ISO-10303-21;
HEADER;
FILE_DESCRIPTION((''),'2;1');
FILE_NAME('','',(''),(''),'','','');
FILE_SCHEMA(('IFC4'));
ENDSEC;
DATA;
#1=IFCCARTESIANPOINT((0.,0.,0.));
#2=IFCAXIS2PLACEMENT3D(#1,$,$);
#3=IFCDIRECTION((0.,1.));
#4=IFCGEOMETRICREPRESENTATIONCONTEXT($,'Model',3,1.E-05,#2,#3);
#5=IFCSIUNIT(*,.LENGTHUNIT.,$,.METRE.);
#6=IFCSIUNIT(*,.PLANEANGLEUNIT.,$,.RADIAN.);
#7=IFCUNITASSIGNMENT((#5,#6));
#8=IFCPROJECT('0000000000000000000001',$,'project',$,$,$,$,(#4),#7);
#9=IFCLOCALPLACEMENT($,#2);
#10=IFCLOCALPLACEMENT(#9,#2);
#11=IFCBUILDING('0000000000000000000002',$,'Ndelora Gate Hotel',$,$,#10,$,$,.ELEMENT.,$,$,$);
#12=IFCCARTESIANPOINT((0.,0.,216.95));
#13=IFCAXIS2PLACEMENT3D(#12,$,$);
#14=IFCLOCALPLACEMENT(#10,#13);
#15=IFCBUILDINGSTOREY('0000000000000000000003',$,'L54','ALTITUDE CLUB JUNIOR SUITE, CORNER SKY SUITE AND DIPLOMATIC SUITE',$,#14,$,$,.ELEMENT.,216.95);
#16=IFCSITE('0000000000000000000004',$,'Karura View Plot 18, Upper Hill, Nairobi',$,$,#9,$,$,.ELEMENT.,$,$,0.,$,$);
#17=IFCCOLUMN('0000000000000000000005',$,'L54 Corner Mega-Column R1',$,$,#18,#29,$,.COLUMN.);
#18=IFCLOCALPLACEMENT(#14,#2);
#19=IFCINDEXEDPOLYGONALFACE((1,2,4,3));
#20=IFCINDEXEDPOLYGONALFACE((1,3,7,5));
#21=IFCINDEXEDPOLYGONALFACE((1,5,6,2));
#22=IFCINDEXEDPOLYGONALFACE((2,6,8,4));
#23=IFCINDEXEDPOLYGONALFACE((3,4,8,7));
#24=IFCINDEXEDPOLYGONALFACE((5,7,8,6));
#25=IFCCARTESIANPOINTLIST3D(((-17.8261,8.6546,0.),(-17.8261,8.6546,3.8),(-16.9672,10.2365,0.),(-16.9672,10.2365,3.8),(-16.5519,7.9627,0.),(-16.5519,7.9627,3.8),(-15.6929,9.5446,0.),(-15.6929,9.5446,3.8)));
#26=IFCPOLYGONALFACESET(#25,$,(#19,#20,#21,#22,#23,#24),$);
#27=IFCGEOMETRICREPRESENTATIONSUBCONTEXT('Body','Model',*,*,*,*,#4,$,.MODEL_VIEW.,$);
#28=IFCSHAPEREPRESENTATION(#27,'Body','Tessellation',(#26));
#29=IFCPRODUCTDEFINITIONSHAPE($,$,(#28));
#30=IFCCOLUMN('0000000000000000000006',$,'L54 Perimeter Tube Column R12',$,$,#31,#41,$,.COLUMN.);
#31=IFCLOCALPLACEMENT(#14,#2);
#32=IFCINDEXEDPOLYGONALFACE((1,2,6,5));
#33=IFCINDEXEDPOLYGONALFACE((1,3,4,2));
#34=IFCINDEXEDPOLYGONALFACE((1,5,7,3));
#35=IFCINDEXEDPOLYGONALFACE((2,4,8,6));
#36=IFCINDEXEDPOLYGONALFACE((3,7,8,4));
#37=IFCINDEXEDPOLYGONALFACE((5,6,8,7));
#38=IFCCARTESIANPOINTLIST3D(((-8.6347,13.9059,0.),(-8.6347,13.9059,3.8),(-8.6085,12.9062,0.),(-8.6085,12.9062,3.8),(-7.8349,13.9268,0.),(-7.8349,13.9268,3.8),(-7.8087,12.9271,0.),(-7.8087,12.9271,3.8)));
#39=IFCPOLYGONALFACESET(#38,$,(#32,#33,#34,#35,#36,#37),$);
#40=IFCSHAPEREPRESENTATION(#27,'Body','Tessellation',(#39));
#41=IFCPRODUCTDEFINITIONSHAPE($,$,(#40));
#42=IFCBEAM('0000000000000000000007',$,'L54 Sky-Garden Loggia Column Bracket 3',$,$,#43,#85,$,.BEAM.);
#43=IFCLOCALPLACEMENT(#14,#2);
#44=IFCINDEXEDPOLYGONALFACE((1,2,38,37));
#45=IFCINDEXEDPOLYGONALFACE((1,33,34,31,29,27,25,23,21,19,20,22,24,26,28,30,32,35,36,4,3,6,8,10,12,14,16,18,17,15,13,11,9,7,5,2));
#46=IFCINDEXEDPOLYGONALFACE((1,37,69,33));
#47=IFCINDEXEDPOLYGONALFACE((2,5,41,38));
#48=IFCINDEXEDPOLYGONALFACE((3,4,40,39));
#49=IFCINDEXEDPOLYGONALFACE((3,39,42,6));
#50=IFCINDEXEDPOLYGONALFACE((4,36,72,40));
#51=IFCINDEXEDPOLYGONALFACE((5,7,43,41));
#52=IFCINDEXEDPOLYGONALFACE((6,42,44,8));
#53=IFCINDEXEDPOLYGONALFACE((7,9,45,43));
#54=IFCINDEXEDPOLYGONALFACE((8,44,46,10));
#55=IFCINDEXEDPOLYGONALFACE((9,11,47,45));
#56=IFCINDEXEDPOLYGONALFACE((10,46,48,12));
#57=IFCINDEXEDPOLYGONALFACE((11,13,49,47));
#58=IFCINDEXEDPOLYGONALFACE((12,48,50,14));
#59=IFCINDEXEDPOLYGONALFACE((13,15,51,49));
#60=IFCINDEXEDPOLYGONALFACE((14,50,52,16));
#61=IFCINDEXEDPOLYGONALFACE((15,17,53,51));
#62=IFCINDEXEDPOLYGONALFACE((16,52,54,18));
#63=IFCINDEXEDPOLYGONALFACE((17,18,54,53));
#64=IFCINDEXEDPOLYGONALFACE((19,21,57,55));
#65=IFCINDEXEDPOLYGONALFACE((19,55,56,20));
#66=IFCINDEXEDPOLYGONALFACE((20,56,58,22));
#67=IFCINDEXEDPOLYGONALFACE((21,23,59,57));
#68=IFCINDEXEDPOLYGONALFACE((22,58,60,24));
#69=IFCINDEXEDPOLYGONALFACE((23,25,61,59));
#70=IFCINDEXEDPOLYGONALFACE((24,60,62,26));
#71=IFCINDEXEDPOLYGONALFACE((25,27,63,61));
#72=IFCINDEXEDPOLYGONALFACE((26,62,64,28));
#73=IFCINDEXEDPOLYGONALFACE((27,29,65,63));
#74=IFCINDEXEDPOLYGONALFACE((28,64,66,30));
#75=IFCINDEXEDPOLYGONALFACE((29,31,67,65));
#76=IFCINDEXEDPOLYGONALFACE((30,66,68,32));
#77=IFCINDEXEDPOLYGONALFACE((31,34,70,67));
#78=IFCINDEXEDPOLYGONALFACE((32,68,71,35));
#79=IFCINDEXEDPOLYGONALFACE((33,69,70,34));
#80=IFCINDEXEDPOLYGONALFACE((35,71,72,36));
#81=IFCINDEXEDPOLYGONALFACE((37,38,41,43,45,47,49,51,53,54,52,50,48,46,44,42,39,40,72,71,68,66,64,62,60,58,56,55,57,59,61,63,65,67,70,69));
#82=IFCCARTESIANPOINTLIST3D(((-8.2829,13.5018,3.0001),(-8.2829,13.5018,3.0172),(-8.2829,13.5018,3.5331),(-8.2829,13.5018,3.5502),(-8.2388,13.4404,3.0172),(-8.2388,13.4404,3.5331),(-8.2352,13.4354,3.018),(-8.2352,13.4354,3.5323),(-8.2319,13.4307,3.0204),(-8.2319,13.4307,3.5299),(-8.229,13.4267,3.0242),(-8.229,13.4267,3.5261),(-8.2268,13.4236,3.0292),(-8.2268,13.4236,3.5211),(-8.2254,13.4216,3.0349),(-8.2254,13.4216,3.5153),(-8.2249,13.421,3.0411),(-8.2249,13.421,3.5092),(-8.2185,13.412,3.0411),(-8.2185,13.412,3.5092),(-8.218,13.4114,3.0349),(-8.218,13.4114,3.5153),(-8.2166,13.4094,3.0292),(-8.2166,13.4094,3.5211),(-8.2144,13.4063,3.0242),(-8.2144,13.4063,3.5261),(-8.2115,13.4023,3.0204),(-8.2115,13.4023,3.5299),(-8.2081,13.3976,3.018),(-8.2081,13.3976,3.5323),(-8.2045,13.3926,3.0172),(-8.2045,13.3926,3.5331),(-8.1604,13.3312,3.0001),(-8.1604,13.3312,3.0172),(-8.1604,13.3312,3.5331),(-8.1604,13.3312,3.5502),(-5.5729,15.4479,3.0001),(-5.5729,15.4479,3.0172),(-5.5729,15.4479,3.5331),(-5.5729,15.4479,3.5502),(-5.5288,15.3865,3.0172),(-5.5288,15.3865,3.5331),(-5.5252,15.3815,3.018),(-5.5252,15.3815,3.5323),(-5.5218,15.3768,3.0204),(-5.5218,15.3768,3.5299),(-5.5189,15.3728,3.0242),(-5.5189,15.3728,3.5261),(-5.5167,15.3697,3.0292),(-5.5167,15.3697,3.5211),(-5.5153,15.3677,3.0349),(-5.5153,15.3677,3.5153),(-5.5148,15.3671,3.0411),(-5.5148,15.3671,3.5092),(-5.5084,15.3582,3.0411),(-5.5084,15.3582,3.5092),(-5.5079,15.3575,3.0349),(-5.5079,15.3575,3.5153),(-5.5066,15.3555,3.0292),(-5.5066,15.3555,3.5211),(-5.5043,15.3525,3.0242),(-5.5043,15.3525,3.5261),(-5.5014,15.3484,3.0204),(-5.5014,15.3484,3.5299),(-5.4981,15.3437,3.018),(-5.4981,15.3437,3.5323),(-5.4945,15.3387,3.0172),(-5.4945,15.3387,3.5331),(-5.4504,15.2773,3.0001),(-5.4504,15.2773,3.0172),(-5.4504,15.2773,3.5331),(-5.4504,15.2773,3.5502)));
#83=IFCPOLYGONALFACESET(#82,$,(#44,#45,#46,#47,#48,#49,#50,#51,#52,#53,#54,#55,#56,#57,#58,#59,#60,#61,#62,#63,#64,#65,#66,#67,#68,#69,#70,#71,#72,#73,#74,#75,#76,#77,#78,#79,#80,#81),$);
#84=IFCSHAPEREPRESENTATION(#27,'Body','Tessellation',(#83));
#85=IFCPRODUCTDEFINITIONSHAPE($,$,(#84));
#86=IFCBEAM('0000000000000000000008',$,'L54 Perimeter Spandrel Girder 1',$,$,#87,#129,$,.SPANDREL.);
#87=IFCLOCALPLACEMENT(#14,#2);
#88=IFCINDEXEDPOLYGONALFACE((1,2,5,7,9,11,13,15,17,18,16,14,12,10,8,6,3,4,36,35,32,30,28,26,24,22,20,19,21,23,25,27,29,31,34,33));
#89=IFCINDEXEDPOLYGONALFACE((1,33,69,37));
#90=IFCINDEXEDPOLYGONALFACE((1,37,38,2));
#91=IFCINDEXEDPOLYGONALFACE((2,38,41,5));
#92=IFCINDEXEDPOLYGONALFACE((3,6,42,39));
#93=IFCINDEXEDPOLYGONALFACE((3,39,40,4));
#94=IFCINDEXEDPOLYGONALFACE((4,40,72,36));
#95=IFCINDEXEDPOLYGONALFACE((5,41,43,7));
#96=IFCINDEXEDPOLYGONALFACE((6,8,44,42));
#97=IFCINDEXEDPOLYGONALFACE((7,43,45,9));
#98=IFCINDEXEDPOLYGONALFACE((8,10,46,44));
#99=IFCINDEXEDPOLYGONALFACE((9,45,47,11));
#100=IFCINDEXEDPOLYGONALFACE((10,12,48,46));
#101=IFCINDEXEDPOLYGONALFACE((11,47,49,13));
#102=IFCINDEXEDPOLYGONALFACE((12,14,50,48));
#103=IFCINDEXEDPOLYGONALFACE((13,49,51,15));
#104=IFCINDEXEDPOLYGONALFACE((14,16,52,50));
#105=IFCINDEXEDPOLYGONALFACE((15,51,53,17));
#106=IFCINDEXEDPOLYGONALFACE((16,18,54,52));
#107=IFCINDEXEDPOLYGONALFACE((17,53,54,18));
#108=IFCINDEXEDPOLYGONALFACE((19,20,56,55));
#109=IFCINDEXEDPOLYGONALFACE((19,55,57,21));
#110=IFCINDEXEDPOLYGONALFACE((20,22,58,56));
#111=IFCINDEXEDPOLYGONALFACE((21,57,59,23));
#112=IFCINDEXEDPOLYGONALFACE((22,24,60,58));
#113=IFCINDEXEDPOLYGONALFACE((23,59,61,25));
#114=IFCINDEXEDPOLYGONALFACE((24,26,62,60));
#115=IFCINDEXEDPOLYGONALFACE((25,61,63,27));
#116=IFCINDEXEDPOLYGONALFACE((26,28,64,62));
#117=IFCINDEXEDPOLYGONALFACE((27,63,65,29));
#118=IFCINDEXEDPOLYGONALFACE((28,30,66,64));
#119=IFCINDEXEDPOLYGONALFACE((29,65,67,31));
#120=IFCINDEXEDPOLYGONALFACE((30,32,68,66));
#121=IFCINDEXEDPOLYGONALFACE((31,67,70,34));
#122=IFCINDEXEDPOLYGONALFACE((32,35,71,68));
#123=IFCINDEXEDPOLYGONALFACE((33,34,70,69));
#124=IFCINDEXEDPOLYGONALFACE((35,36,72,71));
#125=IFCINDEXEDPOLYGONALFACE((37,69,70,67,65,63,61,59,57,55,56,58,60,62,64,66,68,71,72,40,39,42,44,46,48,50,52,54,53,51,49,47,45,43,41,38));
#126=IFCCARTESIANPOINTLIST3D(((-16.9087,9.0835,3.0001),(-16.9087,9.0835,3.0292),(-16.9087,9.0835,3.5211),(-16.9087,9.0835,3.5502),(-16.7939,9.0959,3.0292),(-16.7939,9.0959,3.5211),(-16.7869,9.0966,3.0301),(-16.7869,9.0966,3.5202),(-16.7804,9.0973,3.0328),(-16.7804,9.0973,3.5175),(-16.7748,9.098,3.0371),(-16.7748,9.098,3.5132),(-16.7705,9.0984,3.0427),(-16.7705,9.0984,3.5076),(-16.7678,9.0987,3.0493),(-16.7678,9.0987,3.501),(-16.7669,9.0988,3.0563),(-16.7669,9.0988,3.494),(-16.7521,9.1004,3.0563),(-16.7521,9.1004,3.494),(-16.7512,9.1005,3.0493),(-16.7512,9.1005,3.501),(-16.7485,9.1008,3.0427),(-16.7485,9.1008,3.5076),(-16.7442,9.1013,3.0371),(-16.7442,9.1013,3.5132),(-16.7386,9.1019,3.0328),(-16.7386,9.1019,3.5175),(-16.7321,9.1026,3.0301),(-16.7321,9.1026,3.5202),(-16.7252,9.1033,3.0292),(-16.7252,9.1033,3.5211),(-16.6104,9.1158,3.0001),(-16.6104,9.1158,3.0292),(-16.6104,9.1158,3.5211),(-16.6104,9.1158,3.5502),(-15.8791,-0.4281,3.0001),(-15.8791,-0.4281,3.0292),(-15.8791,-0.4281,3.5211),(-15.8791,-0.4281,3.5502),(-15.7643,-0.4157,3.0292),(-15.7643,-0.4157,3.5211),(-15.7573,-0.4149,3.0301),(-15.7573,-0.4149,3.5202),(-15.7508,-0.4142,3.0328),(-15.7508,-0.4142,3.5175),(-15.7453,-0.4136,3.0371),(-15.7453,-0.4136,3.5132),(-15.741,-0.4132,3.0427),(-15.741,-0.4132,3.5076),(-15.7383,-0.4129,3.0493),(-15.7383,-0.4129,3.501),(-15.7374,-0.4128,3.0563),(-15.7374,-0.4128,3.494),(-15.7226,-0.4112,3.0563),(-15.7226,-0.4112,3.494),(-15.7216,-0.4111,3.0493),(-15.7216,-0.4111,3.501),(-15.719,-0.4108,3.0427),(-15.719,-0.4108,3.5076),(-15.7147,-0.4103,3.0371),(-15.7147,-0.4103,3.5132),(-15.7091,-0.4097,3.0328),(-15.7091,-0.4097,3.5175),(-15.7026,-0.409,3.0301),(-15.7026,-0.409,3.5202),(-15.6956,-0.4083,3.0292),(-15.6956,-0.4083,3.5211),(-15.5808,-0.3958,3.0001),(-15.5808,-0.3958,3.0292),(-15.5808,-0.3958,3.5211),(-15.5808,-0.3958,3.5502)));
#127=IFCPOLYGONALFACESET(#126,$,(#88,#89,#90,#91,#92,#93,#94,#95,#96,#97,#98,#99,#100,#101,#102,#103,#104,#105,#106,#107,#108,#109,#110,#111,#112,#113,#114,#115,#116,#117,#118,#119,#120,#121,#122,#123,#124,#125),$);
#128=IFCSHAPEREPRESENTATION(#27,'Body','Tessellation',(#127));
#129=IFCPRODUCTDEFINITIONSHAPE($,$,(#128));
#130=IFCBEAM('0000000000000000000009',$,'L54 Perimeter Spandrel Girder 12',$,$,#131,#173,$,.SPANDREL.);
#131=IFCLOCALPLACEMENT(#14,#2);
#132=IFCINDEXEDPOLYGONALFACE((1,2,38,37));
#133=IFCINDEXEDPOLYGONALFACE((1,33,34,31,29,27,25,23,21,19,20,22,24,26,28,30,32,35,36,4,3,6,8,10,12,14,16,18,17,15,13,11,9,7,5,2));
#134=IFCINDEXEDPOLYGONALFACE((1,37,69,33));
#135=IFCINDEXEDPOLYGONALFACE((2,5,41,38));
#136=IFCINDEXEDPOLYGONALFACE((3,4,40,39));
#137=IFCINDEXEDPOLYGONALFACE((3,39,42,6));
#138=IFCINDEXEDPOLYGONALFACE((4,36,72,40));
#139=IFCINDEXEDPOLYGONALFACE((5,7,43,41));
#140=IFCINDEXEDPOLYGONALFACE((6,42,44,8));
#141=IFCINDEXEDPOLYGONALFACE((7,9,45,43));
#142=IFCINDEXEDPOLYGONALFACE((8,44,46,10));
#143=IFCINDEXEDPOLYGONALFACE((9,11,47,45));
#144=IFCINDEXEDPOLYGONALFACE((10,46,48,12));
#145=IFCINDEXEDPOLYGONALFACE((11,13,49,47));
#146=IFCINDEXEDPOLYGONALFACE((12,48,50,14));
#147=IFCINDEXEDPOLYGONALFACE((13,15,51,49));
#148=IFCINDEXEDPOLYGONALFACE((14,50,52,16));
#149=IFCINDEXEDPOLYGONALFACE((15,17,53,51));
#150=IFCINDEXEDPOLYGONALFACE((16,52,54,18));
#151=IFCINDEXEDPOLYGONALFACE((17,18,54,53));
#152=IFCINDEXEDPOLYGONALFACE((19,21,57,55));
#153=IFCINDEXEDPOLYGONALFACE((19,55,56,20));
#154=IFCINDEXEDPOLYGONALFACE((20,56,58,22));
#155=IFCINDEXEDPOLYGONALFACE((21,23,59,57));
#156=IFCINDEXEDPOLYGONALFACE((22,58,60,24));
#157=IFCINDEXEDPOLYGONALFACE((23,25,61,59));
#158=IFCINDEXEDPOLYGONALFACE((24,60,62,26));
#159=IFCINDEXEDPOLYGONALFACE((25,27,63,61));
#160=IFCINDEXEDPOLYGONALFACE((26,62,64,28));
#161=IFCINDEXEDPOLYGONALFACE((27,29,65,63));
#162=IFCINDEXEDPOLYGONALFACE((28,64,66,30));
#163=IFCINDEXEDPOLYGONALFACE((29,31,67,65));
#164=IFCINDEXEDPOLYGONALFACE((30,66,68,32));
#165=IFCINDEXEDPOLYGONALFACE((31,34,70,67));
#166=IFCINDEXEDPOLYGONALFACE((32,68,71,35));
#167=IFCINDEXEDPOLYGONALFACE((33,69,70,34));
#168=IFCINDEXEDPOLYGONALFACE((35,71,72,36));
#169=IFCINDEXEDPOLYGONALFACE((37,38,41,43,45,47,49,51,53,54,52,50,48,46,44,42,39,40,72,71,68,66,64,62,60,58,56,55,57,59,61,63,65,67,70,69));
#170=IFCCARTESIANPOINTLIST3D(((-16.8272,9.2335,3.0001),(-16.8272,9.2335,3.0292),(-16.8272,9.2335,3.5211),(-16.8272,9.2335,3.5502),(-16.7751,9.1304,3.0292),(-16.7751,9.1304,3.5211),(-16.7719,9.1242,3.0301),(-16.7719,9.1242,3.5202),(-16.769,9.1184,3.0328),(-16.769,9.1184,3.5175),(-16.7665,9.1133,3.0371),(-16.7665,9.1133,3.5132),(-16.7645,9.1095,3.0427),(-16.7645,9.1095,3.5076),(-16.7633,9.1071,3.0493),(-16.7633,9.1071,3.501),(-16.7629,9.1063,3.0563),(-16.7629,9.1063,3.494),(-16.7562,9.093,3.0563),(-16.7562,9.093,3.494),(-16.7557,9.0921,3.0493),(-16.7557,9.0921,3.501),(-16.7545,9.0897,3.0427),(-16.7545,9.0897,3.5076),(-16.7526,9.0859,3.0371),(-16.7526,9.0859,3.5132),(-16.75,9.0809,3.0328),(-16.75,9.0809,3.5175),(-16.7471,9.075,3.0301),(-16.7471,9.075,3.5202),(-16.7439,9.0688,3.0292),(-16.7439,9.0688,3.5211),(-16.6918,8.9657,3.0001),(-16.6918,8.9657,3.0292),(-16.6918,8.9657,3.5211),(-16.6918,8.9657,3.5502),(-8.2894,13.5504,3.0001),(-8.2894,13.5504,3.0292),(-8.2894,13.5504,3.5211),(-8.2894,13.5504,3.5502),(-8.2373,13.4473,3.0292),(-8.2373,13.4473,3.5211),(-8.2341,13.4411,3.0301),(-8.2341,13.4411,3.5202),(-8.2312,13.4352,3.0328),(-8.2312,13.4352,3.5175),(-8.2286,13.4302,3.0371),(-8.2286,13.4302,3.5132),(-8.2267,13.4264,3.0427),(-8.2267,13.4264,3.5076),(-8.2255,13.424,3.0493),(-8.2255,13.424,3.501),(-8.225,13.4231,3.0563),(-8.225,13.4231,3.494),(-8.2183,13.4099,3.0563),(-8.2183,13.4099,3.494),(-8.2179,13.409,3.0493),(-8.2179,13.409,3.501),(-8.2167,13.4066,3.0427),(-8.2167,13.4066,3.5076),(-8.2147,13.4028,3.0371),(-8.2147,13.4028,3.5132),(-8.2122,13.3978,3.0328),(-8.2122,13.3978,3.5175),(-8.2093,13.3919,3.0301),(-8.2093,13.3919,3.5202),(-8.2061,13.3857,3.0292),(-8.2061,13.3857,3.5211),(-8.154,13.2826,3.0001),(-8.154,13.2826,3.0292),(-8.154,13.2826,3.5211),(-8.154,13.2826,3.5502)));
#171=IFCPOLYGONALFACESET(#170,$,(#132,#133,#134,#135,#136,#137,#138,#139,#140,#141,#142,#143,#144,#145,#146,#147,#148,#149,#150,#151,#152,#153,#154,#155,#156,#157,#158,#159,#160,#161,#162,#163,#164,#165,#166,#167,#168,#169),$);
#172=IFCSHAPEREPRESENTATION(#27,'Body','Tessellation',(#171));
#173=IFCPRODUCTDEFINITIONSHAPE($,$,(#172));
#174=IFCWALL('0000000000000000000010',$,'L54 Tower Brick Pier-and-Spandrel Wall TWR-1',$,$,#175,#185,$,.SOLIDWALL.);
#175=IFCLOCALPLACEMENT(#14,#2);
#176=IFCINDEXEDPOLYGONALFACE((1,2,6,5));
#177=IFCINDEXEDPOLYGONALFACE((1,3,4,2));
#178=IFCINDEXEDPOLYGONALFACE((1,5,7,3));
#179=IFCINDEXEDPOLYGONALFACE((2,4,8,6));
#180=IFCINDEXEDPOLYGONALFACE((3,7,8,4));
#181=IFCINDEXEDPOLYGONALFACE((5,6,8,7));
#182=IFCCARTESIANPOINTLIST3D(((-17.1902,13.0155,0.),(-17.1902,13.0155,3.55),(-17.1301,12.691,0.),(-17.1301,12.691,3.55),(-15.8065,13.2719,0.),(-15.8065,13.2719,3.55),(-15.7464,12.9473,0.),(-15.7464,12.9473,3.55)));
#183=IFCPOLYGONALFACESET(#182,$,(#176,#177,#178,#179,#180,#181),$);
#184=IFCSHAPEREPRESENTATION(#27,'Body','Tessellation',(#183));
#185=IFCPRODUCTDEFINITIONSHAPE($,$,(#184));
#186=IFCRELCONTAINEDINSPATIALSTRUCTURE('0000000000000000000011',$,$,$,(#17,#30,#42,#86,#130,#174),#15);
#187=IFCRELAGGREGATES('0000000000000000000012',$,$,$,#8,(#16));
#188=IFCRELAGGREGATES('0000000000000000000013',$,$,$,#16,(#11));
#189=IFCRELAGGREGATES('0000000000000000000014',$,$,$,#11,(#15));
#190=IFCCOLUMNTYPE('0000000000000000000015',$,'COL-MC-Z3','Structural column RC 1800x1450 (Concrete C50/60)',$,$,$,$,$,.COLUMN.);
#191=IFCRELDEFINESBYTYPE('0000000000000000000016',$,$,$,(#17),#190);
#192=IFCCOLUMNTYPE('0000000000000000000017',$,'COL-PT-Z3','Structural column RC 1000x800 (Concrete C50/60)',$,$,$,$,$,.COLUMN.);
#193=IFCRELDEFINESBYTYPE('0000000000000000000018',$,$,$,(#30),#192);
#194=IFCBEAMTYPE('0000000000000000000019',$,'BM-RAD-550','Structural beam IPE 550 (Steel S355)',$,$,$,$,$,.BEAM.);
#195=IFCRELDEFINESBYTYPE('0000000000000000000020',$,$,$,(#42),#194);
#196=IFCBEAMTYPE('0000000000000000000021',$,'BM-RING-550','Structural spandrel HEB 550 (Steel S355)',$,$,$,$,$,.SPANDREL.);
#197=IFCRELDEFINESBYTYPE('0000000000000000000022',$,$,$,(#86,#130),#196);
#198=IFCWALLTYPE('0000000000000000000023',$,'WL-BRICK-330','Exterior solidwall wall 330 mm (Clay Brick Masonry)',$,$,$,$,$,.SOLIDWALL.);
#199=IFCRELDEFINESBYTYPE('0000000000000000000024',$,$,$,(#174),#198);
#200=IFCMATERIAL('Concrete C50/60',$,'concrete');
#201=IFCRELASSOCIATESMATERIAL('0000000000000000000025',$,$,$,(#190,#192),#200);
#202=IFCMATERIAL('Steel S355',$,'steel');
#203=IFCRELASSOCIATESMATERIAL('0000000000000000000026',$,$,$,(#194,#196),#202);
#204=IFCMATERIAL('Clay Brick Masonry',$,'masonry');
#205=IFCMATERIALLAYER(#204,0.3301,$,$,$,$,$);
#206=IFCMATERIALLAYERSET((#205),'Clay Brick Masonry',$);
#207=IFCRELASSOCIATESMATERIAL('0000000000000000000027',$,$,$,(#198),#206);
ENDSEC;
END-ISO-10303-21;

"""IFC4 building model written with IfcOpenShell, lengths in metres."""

from ifc_helpers import new_model, si_unit, direction, frame, frame_2d, origin, origin_2d, place, context, subcontext, project, spatial, rectangle, i_section, extrude, material, layer, layer_set, material_profile, profile_set, type_object, element, save


model = new_model("IFC4")

# Units and contexts
model_context = context("Model", 3, precision=1e-05, world=origin(), true_north=direction((0.0, 1.0)))
body_context = subcontext(model_context, "Body", "Model", "MODEL_VIEW")
ifc_project = project(units=[si_unit("LENGTHUNIT", "METRE"), si_unit("PLANEANGLEUNIT", "RADIAN")], contexts=[model_context])

# Site, building, storey
site_placement = place(None, origin())
site = spatial("IfcSite", under=ifc_project, at=site_placement, Name="Karura View Plot 18, Upper Hill, Nairobi", CompositionType="ELEMENT", RefElevation=0.0)
building_placement = place(site_placement, origin())
building = spatial("IfcBuilding", under=site, at=building_placement, Name="Ndelora Gate Hotel", CompositionType="ELEMENT")
storey_placement = place(building_placement, frame((0.0, 0.0, 216.95)))
storey = spatial("IfcBuildingStorey", under=building, at=storey_placement, Name="L54", Description="ALTITUDE CLUB JUNIOR SUITE, CORNER SKY SUITE AND DIPLOMATIC SUITE", CompositionType="ELEMENT", Elevation=216.95)

# Columns
ifc_material_1 = material(Name="Concrete C50/60", Category="concrete")
ifc_material_profile_1 = material_profile(ifc_material_1, rectangle(XDim=1.45, YDim=1.8, at=origin_2d()), Name="RC 1800x1450")
ifc_profile_set_1 = profile_set([ifc_material_profile_1], Name="Concrete C50/60")
column_type_1 = type_object("IfcColumnType", Name="COL-MC-Z3", Description="Structural column RC 1800x1450 (Concrete C50/60)", PredefinedType="COLUMN", material=ifc_profile_set_1)
column_1_placement = place(storey_placement, frame((-16.7595, 9.0996, 0.0), z_axis=(0.0, 0.0, 1.0), x_axis=(-0.878817, 0.477159, 0.0)))
element("IfcColumn", 1, at=column_1_placement, inside=storey, type_object=column_type_1, Name="L54 Corner Mega-Column R1", PredefinedType="COLUMN", context=body_context, shape_type="SweptSolid", body=[
    extrude(rectangle(XDim=1.45, YDim=1.8, at=origin_2d()), origin(), (0.0, 0.0, 1.0), 3.8),
])
ifc_material_profile_2 = material_profile(ifc_material_1, rectangle(XDim=0.8, YDim=1.0, at=origin_2d()), Name="RC 1000x800")
ifc_profile_set_2 = profile_set([ifc_material_profile_2], Name="Concrete C50/60")
column_type_2 = type_object("IfcColumnType", Name="COL-PT-Z3", Description="Structural column RC 1000x800 (Concrete C50/60)", PredefinedType="COLUMN", material=ifc_profile_set_2)
column_2_placement = place(storey_placement, frame((-8.2217, 13.4165, 0.0), z_axis=(0.0, 0.0, 1.0), x_axis=(0.999657, 0.026177, 0.0)))
element("IfcColumn", 2, at=column_2_placement, inside=storey, type_object=column_type_2, Name="L54 Perimeter Tube Column R12", PredefinedType="COLUMN", context=body_context, shape_type="SweptSolid", body=[
    extrude(rectangle(XDim=0.8, YDim=1.0, at=origin_2d()), origin(), (0.0, 0.0, 1.0), 3.8),
])

# Beams
ifc_material_2 = material(Name="Steel S355", Category="steel")
ifc_material_profile_3 = material_profile(ifc_material_2, i_section(OverallWidth=0.21, OverallDepth=0.55, WebThickness=0.011, FlangeThickness=0.0171, FilletRadius=0.0239, at=origin_2d()), Name="IPE 550")
ifc_profile_set_3 = profile_set([ifc_material_profile_3], Name="Steel S355")
beam_type_1 = type_object("IfcBeamType", Name="BM-RAD-550", Description="Structural beam IPE 550 (Steel S355)", PredefinedType="BEAM", material=ifc_profile_set_3)
beam_placement = place(storey_placement, frame((-8.2217, 13.4165, 3.2751), z_axis=(0.812262, 0.583292, 0.0), x_axis=(-0.583292, 0.812262, 0.0)))
element("IfcBeam", 3, at=beam_placement, inside=storey, type_object=beam_type_1, Name="L54 Sky-Garden Loggia Column Bracket 3", PredefinedType="BEAM", context=body_context, shape_type="SweptSolid", body=[
    extrude(i_section(OverallWidth=0.21, OverallDepth=0.55, WebThickness=0.011, FlangeThickness=0.0171, FilletRadius=0.0239, at=origin_2d()), origin(), (0.0, 0.0, 1.0), 3.3364),
])
ifc_material_profile_4 = material_profile(ifc_material_2, i_section(OverallWidth=0.3, OverallDepth=0.55, WebThickness=0.0149, FlangeThickness=0.0291, FilletRadius=0.0271, at=origin_2d()), Name="HEB 550")
ifc_profile_set_4 = profile_set([ifc_material_profile_4], Name="Steel S355")
beam_type_2 = type_object("IfcBeamType", Name="BM-RING-550", Description="Structural spandrel HEB 550 (Steel S355)", PredefinedType="SPANDREL", material=ifc_profile_set_4)
for number, where, z_axis, x_axis, name in (
    (4, (-16.7595, 9.0996, 3.2751), (0.107613, -0.994193, 0.0), (0.994193, 0.107613, 0.0), "L54 Perimeter Spandrel Girder 1"),
    (5, (-8.2217, 13.4165, 3.2751), (-0.892412, -0.451221, 0.0), (0.451221, -0.892412, 0.0), "L54 Perimeter Spandrel Girder 12"),
):
    element("IfcBeam", number, at=place(storey_placement, frame(where, z_axis=z_axis, x_axis=x_axis)), inside=storey, type_object=beam_type_2, Name=name, PredefinedType="SPANDREL", context=body_context, shape_type="SweptSolid", body=[
        extrude(i_section(OverallWidth=0.3, OverallDepth=0.55, WebThickness=0.0149, FlangeThickness=0.0291, FilletRadius=0.0271, at=origin_2d()), origin(), (0.0, 0.0, 1.0), 9.5671),
    ])

# Wall
ifc_material_3 = material(Name="Clay Brick Masonry", Category="masonry")
ifc_layer_1 = layer(ifc_material_3, 0.3301)
ifc_layer_set_1 = layer_set([ifc_layer_1], Name="Clay Brick Masonry")
wall_type_1 = type_object("IfcWallType", Name="WL-BRICK-330", Description="Exterior solidwall wall 330 mm (Clay Brick Masonry)", PredefinedType="SOLIDWALL", material=ifc_layer_set_1)
wall_1_placement = place(storey_placement, frame((-17.1602, 12.8533, 0.0), z_axis=(0.0, 0.0, 1.0), x_axis=(0.98327, 0.182151, 0.0)))
element("IfcWall", 6, at=wall_1_placement, inside=storey, type_object=wall_type_1, Name="L54 Tower Brick Pier-and-Spandrel Wall TWR-1", PredefinedType="SOLIDWALL", context=body_context, shape_type="SweptSolid", body=[
    extrude(rectangle(XDim=1.4072, YDim=0.3301, at=frame_2d((0.7036, 0.0))), origin(), (0.0, 0.0, 1.0), 3.55),
])

save(model, "model.ifc")
